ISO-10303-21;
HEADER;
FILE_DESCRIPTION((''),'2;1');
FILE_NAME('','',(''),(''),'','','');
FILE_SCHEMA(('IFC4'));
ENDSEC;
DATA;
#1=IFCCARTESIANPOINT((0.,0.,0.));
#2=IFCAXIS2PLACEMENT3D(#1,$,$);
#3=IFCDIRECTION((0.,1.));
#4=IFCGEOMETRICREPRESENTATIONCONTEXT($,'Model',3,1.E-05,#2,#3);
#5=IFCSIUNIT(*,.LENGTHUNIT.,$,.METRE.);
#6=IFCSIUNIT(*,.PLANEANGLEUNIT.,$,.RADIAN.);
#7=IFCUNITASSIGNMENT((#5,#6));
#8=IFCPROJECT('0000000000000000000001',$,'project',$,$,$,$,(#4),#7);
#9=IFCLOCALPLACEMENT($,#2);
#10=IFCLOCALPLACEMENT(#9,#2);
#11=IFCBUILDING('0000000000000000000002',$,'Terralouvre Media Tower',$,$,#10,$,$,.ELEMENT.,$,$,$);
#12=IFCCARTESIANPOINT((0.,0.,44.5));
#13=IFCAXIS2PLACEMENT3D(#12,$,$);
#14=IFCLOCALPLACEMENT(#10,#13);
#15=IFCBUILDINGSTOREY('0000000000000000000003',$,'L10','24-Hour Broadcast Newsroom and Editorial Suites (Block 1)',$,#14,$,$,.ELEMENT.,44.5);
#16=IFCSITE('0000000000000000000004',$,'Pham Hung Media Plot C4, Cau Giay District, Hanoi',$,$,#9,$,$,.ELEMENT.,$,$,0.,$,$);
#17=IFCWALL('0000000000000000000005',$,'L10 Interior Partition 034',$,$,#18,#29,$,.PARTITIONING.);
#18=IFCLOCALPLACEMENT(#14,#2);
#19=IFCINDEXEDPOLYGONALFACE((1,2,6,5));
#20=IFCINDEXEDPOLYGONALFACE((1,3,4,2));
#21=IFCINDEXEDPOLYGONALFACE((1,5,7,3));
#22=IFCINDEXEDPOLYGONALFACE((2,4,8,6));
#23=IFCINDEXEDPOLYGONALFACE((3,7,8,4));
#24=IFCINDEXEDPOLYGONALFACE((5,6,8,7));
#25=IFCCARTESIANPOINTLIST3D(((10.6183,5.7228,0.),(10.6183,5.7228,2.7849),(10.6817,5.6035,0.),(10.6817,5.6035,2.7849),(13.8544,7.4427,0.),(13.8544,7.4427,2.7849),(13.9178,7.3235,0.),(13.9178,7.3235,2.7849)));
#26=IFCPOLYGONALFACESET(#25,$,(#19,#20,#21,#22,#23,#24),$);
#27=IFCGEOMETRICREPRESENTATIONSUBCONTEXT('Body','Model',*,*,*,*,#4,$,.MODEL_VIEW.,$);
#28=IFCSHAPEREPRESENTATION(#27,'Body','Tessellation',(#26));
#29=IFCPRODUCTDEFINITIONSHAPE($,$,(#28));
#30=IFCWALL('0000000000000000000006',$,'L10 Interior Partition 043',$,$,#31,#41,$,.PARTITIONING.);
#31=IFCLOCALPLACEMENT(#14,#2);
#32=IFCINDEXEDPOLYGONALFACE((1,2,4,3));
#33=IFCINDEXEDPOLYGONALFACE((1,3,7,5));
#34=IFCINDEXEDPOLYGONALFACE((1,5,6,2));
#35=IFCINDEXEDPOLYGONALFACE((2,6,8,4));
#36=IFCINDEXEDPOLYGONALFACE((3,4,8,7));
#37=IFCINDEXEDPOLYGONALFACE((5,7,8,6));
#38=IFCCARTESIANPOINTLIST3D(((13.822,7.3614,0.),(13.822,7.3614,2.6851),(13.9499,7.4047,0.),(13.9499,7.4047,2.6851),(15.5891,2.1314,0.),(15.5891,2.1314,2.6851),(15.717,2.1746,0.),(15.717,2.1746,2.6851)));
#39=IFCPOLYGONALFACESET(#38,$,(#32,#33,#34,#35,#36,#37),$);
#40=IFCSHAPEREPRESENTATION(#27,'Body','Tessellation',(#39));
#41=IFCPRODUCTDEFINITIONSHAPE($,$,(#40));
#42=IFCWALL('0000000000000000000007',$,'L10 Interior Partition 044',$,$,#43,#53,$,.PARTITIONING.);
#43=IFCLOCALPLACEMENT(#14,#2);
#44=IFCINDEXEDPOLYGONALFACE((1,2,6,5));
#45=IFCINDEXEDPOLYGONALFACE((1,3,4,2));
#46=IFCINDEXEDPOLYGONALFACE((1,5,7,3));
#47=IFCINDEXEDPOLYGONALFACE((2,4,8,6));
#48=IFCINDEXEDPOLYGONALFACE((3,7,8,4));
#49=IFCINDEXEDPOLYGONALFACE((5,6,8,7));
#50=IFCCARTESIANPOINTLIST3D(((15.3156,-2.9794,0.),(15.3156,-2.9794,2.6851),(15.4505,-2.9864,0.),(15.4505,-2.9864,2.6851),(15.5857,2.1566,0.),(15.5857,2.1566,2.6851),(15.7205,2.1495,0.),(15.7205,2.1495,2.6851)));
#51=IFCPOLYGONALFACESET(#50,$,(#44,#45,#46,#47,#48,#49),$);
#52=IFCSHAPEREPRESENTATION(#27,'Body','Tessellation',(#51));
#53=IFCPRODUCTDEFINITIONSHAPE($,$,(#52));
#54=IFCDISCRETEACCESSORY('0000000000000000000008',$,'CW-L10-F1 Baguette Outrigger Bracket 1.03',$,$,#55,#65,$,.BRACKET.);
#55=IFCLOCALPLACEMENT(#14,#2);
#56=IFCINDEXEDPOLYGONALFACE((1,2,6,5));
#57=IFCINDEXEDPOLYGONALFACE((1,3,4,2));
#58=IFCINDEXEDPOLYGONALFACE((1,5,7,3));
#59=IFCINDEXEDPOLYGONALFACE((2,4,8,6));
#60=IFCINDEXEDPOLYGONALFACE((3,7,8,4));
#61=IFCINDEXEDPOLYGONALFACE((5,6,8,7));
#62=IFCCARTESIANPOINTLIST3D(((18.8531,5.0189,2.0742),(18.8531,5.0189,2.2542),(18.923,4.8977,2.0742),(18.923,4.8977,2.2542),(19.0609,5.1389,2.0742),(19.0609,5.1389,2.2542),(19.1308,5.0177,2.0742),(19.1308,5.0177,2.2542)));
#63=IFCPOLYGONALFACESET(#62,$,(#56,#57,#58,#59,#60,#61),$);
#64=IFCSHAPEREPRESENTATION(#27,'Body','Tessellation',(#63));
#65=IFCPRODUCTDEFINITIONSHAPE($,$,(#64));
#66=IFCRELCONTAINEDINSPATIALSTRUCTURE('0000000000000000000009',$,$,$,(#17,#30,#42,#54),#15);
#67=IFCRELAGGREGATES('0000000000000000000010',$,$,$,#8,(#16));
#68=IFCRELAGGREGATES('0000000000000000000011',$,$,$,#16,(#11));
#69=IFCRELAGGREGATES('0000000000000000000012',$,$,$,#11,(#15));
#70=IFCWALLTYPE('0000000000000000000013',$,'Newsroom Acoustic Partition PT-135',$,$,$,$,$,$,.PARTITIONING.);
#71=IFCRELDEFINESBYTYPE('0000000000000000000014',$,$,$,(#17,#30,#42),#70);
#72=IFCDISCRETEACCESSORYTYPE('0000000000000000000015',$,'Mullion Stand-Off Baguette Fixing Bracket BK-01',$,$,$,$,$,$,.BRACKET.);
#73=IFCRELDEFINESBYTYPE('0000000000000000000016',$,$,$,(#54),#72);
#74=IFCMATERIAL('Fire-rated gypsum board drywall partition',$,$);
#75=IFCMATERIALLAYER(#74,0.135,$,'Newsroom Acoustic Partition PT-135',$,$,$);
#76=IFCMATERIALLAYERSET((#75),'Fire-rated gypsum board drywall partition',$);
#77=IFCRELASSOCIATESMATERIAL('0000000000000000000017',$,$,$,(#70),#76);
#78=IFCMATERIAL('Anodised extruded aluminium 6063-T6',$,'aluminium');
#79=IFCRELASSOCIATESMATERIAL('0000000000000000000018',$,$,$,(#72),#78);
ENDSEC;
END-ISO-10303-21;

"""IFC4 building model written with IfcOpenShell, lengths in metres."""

from ifc_helpers import new_model, si_unit, direction, frame, frame_2d, origin, origin_2d, place, context, subcontext, project, spatial, rectangle, extrude, material, layer, layer_set, type_object, element, save


model = new_model("IFC4")

# Units and contexts
model_context = context("Model", 3, precision=1e-05, world=origin(), true_north=direction((0.0, 1.0)))
body_context = subcontext(model_context, "Body", "Model", "MODEL_VIEW")
ifc_project = project(units=[si_unit("LENGTHUNIT", "METRE"), si_unit("PLANEANGLEUNIT", "RADIAN")], contexts=[model_context])

# Site, building, storey
site_placement = place(None, origin())
site = spatial("IfcSite", under=ifc_project, at=site_placement, Name="Pham Hung Media Plot C4, Cau Giay District, Hanoi", CompositionType="ELEMENT", RefElevation=0.0)
building_placement = place(site_placement, origin())
building = spatial("IfcBuilding", under=site, at=building_placement, Name="Terralouvre Media Tower", CompositionType="ELEMENT")
storey_placement = place(building_placement, frame((0.0, 0.0, 44.5)))
storey = spatial("IfcBuildingStorey", under=building, at=storey_placement, Name="L10", Description="24-Hour Broadcast Newsroom and Editorial Suites (Block 1)", CompositionType="ELEMENT", Elevation=44.5)

# Shared definitions
ifc_material_1 = material(Name="Fire-rated gypsum board drywall partition")
ifc_layer_1 = layer(ifc_material_1, 0.135, Name="Newsroom Acoustic Partition PT-135")
ifc_layer_set_1 = layer_set([ifc_layer_1], Name="Fire-rated gypsum board drywall partition")
wall_type = type_object("IfcWallType", Name="Newsroom Acoustic Partition PT-135", PredefinedType="PARTITIONING", material=ifc_layer_set_1)

# Walls
wall_1_placement = place(storey_placement, frame((10.6499, 5.6631, 0.0), z_axis=(0.0, 0.0, 1.0), x_axis=(0.883025, 0.469326, 0.0)))
element("IfcWall", 1, at=wall_1_placement, inside=storey, type_object=wall_type, Name="L10 Interior Partition 034", PredefinedType="PARTITIONING", context=body_context, shape_type="SweptSolid", body=[
    extrude(rectangle(XDim=3.6648, YDim=0.135, at=frame_2d((1.8325, 0.0))), origin(), (0.0, 0.0, 1.0), 2.7849),
])
wall_2_placement = place(storey_placement, frame((13.886, 7.3831, 0.0), z_axis=(0.0, 0.0, 1.0), x_axis=(0.320099, -0.947384, 0.0)))
element("IfcWall", 2, at=wall_2_placement, inside=storey, type_object=wall_type, Name="L10 Interior Partition 043", PredefinedType="PARTITIONING", context=body_context, shape_type="SweptSolid", body=[
    extrude(rectangle(XDim=5.5205, YDim=0.135, at=frame_2d((2.7603, 0.0))), origin(), (0.0, 0.0, 1.0), 2.6851),
])
wall_3_placement = place(storey_placement, frame((15.6531, 2.1531, 0.0), z_axis=(0.0, 0.0, 1.0), x_axis=(-0.052502, -0.998621, 0.0)))
element("IfcWall", 3, at=wall_3_placement, inside=storey, type_object=wall_type, Name="L10 Interior Partition 044", PredefinedType="PARTITIONING", context=body_context, shape_type="SweptSolid", body=[
    extrude(rectangle(XDim=5.1431, YDim=0.135, at=frame_2d((2.5715, 0.0))), origin(), (0.0, 0.0, 1.0), 2.6851),
])

# Discrete accessory
ifc_material_2 = material(Name="Anodised extruded aluminium 6063-T6", Category="aluminium")
discrete_accessory_type = type_object("IfcDiscreteAccessoryType", Name="Mullion Stand-Off Baguette Fixing Bracket BK-01", PredefinedType="BRACKET", material=ifc_material_2)
discrete_accessory_placement = place(storey_placement, frame((18.9919, 5.0183, 2.0742), z_axis=(0.0, 0.0, 1.0), x_axis=(-0.5, 0.866025, 0.0)))
element("IfcDiscreteAccessory", 4, at=discrete_accessory_placement, inside=storey, type_object=discrete_accessory_type, Name="CW-L10-F1 Baguette Outrigger Bracket 1.03", PredefinedType="BRACKET", context=body_context, shape_type="SweptSolid", body=[
    extrude(rectangle(XDim=0.1399, YDim=0.24, at=origin_2d()), origin(), (0.0, 0.0, 1.0), 0.1799),
])

save(model, "model.ifc")
